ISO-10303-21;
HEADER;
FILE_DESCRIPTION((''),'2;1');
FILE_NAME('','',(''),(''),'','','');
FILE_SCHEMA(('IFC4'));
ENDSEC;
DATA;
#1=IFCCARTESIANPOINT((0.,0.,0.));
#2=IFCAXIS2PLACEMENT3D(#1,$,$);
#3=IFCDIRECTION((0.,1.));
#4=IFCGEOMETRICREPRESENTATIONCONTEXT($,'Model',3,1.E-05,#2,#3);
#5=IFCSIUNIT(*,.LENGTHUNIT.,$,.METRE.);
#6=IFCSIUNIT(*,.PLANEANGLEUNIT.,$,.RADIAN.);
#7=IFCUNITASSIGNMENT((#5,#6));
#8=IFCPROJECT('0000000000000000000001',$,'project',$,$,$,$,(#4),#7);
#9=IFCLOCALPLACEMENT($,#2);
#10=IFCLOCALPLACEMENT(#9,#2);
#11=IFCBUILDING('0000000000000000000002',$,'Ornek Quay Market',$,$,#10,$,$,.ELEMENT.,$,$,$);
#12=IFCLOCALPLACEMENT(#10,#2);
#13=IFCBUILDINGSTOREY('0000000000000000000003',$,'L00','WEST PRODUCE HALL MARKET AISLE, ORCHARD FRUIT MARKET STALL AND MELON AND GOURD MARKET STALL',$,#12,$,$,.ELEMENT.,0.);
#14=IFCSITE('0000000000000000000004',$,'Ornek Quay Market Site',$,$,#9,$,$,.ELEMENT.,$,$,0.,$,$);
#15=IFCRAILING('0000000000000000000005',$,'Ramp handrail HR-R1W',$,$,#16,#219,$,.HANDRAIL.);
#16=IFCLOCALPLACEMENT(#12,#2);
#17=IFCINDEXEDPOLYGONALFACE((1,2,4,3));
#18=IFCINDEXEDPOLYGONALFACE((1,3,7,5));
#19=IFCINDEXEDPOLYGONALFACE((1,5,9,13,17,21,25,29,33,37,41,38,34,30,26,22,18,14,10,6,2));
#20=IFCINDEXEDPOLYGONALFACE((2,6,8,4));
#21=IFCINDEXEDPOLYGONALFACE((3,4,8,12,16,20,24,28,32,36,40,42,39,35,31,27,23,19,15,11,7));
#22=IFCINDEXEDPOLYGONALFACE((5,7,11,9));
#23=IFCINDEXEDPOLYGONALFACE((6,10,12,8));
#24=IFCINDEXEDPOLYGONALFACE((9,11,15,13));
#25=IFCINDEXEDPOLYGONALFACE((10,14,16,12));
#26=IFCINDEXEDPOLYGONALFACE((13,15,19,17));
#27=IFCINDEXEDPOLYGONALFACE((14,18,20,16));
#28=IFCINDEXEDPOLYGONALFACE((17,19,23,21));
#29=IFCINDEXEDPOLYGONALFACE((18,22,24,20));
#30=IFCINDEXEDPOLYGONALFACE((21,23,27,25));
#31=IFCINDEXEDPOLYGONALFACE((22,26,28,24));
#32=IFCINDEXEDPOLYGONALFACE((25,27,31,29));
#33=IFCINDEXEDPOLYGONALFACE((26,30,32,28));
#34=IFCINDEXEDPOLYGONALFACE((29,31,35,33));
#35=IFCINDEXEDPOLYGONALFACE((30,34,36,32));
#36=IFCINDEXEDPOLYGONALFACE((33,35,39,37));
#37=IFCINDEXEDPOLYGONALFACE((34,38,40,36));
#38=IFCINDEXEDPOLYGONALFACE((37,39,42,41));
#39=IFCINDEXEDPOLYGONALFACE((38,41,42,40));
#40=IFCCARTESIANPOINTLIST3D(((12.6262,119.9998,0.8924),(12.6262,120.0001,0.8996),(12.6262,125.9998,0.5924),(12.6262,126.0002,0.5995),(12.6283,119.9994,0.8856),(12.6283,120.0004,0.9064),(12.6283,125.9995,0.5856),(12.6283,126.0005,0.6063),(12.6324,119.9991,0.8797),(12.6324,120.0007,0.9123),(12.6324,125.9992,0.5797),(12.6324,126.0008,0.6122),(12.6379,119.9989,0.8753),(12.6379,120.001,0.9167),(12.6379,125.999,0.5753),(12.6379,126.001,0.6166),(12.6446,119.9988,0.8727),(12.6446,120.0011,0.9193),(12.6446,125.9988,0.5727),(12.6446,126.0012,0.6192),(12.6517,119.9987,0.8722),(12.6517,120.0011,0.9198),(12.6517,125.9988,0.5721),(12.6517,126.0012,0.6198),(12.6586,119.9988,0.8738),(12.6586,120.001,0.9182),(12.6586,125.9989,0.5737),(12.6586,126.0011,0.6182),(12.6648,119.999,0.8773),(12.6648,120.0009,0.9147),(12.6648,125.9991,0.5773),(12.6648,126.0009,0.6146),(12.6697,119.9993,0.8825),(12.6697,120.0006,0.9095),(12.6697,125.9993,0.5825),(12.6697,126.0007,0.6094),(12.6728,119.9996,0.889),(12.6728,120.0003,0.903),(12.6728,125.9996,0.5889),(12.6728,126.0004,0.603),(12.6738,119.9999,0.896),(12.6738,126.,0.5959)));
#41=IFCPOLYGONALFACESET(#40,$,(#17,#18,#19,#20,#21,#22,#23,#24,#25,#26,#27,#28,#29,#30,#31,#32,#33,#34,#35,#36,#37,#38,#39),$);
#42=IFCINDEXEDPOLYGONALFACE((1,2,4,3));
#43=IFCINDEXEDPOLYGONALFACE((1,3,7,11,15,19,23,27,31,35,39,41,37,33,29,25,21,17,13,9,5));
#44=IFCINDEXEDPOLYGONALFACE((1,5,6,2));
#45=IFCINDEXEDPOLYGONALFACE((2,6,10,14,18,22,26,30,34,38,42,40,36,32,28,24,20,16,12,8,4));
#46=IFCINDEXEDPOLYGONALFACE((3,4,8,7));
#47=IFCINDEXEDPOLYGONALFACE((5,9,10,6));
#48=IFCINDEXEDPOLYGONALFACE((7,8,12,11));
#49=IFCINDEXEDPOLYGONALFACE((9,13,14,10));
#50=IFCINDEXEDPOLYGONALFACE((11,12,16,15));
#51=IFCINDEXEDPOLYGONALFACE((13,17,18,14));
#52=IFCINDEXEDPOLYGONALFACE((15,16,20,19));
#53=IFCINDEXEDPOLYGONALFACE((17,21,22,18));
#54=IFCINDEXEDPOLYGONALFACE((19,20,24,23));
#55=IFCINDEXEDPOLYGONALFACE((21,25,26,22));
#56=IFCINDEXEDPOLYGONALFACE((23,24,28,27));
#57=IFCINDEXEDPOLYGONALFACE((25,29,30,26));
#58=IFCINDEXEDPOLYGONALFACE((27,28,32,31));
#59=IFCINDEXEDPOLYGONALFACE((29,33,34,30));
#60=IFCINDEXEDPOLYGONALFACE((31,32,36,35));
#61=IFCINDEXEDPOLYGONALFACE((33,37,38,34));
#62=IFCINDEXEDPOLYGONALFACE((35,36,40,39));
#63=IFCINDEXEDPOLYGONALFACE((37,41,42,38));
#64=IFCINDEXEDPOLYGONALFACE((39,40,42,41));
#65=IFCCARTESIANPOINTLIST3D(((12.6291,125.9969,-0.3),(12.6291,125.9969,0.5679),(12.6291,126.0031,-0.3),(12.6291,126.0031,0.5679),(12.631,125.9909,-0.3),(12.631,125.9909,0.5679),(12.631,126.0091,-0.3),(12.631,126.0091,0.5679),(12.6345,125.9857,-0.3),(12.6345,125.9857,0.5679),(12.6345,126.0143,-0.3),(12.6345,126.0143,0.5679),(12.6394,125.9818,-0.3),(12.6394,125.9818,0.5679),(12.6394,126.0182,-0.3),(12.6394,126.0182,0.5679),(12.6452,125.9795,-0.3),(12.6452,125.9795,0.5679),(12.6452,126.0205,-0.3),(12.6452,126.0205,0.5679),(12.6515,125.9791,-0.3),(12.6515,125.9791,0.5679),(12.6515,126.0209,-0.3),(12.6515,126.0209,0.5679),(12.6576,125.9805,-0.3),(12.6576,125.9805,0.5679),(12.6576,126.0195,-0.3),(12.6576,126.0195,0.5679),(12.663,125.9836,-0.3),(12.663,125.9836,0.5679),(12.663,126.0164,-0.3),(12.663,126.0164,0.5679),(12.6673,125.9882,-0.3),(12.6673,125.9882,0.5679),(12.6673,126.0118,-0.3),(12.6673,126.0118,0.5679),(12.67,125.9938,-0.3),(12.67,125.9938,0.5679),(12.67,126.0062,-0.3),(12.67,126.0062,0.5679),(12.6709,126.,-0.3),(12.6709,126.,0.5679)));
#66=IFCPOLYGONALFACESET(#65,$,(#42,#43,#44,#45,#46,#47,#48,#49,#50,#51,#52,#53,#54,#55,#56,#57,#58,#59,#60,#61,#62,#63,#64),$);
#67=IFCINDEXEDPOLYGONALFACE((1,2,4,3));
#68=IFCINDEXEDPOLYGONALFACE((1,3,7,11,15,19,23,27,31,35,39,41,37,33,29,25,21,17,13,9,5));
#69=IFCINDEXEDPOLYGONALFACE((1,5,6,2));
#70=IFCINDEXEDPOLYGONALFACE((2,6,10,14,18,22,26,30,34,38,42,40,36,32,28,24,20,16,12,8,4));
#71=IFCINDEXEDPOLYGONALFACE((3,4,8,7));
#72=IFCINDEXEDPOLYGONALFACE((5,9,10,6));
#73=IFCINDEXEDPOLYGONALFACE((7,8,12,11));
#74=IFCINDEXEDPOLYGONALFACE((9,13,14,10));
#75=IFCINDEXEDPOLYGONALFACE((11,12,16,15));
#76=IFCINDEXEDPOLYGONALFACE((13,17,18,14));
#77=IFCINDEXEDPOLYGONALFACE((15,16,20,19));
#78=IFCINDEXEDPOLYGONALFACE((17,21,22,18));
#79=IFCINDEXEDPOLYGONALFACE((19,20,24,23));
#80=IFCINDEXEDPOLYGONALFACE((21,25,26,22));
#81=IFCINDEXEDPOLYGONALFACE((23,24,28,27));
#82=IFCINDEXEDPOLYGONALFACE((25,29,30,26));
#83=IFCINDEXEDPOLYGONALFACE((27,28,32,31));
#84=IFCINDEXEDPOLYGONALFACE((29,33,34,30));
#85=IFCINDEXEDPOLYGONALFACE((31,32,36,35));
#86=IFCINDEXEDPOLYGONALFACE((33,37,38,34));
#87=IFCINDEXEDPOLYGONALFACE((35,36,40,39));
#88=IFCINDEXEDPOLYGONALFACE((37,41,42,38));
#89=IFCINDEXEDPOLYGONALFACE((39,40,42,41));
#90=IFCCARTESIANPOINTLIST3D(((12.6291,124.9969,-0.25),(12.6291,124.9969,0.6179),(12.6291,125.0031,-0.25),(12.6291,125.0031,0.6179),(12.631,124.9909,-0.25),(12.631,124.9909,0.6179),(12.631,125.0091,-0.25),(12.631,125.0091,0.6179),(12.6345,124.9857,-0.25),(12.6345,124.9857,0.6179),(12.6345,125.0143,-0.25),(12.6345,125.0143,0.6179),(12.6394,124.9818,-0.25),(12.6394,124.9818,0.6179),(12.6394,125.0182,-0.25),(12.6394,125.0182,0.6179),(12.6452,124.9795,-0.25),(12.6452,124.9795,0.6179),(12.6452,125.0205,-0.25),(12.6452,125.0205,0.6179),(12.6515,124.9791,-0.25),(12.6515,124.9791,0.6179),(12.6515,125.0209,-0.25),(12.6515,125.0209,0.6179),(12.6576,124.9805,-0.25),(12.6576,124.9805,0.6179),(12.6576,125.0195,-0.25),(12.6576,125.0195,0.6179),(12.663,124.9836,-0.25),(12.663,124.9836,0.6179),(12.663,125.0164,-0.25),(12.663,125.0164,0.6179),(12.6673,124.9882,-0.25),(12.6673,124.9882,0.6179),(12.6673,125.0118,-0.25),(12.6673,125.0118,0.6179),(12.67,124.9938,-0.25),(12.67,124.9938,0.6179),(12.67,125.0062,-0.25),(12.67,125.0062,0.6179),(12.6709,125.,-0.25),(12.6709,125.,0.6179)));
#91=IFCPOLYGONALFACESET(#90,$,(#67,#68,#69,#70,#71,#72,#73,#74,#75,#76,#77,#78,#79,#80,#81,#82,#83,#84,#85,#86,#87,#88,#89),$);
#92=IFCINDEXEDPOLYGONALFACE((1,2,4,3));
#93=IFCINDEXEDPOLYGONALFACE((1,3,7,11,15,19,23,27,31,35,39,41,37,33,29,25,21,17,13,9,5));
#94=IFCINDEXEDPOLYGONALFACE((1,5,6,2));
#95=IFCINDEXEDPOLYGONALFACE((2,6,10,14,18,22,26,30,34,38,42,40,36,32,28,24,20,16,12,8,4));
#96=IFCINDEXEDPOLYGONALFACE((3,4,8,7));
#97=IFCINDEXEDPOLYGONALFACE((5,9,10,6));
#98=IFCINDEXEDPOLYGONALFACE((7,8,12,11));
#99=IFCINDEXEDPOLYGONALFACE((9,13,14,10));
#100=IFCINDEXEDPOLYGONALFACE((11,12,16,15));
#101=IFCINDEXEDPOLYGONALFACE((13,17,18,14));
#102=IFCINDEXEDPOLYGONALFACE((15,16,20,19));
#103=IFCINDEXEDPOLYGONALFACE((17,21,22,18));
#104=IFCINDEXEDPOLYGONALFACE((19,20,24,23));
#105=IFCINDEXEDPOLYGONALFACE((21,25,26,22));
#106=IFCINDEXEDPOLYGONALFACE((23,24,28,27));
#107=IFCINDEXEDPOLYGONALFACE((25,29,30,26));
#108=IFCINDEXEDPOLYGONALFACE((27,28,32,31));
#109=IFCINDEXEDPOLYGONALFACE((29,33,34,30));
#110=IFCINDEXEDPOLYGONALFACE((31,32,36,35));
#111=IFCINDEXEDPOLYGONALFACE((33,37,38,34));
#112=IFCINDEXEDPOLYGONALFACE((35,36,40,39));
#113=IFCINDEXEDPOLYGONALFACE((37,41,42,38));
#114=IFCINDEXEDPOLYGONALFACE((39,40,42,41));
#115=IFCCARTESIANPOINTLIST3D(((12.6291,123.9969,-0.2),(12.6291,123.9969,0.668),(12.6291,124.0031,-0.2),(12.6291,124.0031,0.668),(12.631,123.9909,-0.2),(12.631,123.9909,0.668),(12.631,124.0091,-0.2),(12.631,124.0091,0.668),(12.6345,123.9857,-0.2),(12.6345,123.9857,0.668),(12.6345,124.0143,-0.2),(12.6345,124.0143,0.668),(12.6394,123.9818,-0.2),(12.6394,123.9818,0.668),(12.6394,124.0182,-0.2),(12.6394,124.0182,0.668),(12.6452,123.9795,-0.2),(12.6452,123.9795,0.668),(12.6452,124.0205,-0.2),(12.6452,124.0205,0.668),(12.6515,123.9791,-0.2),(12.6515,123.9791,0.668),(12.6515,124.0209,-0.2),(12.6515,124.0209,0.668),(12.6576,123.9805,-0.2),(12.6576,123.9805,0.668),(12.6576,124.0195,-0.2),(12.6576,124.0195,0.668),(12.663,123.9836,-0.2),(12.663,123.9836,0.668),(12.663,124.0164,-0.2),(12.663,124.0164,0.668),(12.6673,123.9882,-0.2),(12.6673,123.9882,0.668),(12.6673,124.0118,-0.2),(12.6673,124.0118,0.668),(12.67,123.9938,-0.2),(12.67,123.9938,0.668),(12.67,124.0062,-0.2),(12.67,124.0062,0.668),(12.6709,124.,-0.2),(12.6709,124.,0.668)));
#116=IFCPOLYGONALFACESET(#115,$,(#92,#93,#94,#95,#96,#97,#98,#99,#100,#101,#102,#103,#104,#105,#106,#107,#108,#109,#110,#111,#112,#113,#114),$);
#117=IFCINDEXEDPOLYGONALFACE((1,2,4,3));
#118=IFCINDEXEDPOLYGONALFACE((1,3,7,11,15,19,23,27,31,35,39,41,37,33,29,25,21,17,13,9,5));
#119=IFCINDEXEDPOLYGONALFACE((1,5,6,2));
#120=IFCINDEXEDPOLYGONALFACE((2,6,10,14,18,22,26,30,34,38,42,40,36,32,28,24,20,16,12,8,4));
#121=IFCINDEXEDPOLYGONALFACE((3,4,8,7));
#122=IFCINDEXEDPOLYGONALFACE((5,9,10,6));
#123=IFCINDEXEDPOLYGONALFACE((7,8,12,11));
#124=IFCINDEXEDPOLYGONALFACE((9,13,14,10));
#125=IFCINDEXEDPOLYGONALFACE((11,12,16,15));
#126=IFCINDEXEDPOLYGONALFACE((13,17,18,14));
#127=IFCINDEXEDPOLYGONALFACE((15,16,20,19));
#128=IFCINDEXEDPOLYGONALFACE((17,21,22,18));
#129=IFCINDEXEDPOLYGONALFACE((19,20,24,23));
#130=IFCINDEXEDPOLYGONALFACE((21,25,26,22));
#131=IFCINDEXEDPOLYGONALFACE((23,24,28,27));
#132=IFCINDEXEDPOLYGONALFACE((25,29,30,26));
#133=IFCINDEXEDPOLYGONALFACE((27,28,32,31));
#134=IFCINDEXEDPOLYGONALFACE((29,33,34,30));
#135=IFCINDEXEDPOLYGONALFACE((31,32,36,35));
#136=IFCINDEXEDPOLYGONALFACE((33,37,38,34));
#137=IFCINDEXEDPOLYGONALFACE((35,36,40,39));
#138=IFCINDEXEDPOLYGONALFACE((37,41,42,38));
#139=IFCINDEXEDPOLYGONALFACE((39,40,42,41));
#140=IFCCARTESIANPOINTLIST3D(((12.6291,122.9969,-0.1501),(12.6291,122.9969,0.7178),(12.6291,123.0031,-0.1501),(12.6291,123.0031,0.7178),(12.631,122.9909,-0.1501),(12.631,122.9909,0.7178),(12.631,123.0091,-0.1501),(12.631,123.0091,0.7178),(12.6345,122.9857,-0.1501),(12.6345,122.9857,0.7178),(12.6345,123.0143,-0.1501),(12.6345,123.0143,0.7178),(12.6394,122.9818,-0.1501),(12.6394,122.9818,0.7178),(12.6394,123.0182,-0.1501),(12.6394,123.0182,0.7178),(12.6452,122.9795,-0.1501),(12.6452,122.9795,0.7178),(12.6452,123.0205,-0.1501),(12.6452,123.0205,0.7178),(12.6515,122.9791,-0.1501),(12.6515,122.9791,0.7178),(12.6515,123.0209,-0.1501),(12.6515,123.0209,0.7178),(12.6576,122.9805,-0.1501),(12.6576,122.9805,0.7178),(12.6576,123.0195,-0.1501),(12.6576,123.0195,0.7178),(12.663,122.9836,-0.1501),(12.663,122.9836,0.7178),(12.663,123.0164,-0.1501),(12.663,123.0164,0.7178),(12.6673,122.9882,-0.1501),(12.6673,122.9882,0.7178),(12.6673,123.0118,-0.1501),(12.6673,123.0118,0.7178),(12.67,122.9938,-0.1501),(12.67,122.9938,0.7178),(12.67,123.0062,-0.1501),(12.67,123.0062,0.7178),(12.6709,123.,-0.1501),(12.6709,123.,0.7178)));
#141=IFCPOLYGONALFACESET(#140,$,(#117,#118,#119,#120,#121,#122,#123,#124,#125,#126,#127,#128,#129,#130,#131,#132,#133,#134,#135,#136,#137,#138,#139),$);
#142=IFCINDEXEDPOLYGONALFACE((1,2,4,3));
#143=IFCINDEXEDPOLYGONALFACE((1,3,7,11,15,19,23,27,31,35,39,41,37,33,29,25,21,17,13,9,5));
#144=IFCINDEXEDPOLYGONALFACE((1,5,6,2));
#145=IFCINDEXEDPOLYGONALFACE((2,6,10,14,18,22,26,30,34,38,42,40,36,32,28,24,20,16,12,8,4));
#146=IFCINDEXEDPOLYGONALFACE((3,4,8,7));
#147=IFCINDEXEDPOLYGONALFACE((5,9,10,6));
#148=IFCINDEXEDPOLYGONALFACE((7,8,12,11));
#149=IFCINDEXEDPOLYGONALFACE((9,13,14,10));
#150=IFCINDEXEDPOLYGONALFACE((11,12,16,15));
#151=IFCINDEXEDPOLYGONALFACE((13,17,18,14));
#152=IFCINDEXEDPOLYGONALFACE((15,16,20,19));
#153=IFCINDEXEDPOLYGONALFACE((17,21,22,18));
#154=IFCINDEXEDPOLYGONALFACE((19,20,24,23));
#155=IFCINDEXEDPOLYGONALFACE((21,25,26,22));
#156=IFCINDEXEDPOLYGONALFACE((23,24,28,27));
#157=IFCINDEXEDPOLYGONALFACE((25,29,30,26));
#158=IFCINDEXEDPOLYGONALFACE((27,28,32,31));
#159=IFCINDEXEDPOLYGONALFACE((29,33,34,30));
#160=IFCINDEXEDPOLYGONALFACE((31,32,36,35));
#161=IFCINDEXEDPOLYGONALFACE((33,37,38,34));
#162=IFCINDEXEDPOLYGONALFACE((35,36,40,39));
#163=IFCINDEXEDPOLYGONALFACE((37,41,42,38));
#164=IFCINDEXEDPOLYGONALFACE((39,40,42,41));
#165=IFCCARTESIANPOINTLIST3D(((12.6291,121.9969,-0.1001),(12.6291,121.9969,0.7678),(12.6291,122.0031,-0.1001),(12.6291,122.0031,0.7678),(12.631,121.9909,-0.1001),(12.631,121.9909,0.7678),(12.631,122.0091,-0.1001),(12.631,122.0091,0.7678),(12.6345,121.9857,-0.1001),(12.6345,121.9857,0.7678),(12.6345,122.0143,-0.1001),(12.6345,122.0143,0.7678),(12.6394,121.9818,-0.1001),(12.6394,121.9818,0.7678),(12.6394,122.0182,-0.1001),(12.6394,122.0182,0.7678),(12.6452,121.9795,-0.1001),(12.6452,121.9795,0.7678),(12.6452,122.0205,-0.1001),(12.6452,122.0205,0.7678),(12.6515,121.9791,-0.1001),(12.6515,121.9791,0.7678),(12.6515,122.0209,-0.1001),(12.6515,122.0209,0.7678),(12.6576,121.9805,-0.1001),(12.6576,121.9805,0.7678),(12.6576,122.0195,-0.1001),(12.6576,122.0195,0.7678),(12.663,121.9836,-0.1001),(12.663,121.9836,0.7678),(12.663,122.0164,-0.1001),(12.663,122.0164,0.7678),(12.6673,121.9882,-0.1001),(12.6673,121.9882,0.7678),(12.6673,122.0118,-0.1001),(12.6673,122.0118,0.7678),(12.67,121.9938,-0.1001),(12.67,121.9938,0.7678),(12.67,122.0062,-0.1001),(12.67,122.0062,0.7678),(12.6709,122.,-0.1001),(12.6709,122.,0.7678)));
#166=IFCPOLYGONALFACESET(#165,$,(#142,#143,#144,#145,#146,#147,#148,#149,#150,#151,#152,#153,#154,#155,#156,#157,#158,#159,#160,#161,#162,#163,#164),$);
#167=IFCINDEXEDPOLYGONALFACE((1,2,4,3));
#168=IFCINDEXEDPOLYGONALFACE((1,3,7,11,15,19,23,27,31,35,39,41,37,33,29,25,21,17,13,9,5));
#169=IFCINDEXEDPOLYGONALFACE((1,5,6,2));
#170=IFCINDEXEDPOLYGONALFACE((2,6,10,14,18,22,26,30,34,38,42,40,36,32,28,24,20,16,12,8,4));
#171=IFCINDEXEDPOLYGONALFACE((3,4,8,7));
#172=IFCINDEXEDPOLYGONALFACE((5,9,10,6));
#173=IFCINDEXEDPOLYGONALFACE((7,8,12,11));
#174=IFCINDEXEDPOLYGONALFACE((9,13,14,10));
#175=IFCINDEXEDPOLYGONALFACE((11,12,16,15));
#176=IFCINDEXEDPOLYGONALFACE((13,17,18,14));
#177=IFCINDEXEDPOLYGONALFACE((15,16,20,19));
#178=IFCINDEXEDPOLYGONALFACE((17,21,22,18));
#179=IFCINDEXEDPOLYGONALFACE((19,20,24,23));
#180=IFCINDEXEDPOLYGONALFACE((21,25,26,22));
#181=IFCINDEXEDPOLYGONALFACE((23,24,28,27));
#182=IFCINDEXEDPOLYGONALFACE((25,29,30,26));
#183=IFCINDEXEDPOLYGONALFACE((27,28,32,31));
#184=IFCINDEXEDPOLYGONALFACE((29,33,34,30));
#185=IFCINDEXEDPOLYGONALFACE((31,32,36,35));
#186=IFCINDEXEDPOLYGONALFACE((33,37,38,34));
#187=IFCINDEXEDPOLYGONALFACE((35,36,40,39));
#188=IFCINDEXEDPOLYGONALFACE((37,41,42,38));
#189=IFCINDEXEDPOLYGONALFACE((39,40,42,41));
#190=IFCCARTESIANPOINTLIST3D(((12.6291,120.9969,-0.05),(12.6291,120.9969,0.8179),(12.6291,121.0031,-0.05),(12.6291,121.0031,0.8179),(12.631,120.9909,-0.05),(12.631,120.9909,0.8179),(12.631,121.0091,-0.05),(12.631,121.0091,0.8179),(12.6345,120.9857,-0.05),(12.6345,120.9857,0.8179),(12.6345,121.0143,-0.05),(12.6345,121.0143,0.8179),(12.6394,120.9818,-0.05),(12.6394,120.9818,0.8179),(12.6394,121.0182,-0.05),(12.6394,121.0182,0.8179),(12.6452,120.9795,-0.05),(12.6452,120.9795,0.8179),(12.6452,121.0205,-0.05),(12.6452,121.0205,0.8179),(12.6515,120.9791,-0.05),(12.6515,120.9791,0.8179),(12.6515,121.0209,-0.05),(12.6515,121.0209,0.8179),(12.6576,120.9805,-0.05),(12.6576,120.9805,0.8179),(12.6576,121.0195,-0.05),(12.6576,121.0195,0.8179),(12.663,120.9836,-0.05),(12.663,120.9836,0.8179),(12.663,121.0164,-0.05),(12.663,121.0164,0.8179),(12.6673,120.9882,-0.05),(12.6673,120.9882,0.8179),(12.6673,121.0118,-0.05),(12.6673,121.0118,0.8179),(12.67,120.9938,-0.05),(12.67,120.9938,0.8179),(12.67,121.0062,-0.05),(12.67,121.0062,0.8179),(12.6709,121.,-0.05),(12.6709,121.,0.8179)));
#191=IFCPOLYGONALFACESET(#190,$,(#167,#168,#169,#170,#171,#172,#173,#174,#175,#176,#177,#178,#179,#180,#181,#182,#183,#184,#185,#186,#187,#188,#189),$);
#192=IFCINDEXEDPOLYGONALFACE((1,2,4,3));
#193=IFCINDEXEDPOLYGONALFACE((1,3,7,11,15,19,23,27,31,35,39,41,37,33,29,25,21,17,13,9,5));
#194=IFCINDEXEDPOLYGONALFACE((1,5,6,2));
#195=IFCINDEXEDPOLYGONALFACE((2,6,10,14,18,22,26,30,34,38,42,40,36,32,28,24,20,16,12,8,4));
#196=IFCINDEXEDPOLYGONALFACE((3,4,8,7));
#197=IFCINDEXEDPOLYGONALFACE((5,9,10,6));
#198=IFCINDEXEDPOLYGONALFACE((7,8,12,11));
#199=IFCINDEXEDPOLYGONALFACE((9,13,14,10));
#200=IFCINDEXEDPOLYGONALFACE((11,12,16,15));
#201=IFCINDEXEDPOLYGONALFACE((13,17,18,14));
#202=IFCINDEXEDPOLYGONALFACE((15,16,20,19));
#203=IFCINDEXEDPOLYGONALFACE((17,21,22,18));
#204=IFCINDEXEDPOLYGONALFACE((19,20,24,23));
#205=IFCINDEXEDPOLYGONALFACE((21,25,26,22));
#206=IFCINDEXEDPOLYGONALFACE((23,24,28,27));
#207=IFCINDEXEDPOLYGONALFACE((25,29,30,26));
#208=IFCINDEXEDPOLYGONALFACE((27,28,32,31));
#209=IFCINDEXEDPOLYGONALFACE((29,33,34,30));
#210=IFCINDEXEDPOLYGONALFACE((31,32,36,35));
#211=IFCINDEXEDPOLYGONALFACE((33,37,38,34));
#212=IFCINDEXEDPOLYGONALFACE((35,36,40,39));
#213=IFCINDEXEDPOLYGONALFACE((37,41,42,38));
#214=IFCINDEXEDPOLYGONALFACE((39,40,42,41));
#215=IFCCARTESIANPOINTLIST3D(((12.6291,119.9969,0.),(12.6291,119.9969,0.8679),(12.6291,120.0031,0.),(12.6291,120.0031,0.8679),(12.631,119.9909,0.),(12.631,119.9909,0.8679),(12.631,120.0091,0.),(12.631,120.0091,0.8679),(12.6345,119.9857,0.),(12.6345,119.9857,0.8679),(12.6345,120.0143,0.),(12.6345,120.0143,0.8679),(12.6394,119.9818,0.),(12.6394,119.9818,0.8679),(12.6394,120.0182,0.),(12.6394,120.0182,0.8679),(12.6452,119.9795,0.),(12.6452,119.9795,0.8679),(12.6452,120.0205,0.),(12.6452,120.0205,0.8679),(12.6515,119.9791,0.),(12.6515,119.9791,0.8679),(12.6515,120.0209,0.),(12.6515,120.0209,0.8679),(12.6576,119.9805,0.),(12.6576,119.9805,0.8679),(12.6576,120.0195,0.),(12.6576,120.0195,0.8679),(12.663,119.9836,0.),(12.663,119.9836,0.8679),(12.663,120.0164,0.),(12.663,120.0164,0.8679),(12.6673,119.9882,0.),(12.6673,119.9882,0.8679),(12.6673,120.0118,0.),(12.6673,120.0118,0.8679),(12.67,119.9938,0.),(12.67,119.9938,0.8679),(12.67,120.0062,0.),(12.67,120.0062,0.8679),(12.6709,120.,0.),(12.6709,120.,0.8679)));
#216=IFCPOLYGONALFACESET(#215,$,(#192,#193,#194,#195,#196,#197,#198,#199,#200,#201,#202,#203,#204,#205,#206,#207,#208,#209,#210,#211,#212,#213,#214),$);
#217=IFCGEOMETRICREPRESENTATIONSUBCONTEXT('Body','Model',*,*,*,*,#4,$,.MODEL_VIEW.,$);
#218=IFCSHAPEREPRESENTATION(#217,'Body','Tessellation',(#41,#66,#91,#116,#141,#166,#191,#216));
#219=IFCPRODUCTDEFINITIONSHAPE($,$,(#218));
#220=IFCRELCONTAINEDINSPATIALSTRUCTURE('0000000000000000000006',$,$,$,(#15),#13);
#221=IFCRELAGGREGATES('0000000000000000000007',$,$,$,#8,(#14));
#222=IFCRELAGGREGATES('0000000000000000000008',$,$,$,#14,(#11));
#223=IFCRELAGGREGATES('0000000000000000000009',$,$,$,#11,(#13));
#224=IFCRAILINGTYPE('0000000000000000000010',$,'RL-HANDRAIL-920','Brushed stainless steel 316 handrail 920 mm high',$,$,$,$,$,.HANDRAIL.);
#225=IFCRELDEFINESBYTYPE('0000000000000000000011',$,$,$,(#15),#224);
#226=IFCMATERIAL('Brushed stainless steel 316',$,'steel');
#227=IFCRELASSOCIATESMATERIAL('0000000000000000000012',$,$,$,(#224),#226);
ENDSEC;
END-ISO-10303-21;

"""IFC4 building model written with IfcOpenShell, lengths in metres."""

from ifc_helpers import new_model, si_unit, direction, frame, origin, origin_2d, place, context, subcontext, project, spatial, circle, extrude, material, type_object, element, save


model = new_model("IFC4")

# Units and contexts
model_context = context("Model", 3, precision=1e-05, world=origin(), true_north=direction((0.0, 1.0)))
body_context = subcontext(model_context, "Body", "Model", "MODEL_VIEW")
ifc_project = project(units=[si_unit("LENGTHUNIT", "METRE"), si_unit("PLANEANGLEUNIT", "RADIAN")], contexts=[model_context])

# Site, building, storey
site_placement = place(None, origin())
site = spatial("IfcSite", under=ifc_project, at=site_placement, Name="Ornek Quay Market Site", CompositionType="ELEMENT", RefElevation=0.0)
building_placement = place(site_placement, origin())
building = spatial("IfcBuilding", under=site, at=building_placement, Name="Ornek Quay Market", CompositionType="ELEMENT")
storey_placement = place(building_placement, origin())
storey = spatial("IfcBuildingStorey", under=building, at=storey_placement, Name="L00", Description="WEST PRODUCE HALL MARKET AISLE, ORCHARD FRUIT MARKET STALL AND MELON AND GOURD MARKET STALL", CompositionType="ELEMENT", Elevation=0.0)

# Railing
ifc_material_1 = material(Name="Brushed stainless steel 316", Category="steel")
railing_type = type_object("IfcRailingType", Name="RL-HANDRAIL-920", Description="Brushed stainless steel 316 handrail 920 mm high", PredefinedType="HANDRAIL", material=ifc_material_1)
railing_placement = place(storey_placement, frame((12.6499, 126.0, -0.3)))
element("IfcRailing", 1, at=railing_placement, inside=storey, type_object=railing_type, Name="Ramp handrail HR-R1W", PredefinedType="HANDRAIL", context=body_context, shape_type="SweptSolid", body=[
    extrude(circle(Radius=0.0239, at=origin_2d()), frame((0.0, 0.0, 0.896), z_axis=(0.0, -0.998752, 0.049946), x_axis=(1.0, 0.0, 0.0)), (0.0, 0.0, 1.0), 6.0076),
    extrude(circle(Radius=0.021, at=origin_2d()), origin(), (0.0, 0.0, 1.0), 0.8679),
    extrude(circle(Radius=0.021, at=origin_2d()), frame((0.0, -1.0, 0.05)), (0.0, 0.0, 1.0), 0.8679),
    extrude(circle(Radius=0.021, at=origin_2d()), frame((0.0, -2.0, 0.1001)), (0.0, 0.0, 1.0), 0.8679),
    extrude(circle(Radius=0.021, at=origin_2d()), frame((0.0, -3.0, 0.1499)), (0.0, 0.0, 1.0), 0.8679),
    extrude(circle(Radius=0.021, at=origin_2d()), frame((0.0, -4.0, 0.2)), (0.0, 0.0, 1.0), 0.8679),
    extrude(circle(Radius=0.021, at=origin_2d()), frame((0.0, -5.0, 0.25)), (0.0, 0.0, 1.0), 0.8679),
    extrude(circle(Radius=0.021, at=origin_2d()), frame((0.0, -6.0, 0.3)), (0.0, 0.0, 1.0), 0.8679),
])

save(model, "model.ifc")
